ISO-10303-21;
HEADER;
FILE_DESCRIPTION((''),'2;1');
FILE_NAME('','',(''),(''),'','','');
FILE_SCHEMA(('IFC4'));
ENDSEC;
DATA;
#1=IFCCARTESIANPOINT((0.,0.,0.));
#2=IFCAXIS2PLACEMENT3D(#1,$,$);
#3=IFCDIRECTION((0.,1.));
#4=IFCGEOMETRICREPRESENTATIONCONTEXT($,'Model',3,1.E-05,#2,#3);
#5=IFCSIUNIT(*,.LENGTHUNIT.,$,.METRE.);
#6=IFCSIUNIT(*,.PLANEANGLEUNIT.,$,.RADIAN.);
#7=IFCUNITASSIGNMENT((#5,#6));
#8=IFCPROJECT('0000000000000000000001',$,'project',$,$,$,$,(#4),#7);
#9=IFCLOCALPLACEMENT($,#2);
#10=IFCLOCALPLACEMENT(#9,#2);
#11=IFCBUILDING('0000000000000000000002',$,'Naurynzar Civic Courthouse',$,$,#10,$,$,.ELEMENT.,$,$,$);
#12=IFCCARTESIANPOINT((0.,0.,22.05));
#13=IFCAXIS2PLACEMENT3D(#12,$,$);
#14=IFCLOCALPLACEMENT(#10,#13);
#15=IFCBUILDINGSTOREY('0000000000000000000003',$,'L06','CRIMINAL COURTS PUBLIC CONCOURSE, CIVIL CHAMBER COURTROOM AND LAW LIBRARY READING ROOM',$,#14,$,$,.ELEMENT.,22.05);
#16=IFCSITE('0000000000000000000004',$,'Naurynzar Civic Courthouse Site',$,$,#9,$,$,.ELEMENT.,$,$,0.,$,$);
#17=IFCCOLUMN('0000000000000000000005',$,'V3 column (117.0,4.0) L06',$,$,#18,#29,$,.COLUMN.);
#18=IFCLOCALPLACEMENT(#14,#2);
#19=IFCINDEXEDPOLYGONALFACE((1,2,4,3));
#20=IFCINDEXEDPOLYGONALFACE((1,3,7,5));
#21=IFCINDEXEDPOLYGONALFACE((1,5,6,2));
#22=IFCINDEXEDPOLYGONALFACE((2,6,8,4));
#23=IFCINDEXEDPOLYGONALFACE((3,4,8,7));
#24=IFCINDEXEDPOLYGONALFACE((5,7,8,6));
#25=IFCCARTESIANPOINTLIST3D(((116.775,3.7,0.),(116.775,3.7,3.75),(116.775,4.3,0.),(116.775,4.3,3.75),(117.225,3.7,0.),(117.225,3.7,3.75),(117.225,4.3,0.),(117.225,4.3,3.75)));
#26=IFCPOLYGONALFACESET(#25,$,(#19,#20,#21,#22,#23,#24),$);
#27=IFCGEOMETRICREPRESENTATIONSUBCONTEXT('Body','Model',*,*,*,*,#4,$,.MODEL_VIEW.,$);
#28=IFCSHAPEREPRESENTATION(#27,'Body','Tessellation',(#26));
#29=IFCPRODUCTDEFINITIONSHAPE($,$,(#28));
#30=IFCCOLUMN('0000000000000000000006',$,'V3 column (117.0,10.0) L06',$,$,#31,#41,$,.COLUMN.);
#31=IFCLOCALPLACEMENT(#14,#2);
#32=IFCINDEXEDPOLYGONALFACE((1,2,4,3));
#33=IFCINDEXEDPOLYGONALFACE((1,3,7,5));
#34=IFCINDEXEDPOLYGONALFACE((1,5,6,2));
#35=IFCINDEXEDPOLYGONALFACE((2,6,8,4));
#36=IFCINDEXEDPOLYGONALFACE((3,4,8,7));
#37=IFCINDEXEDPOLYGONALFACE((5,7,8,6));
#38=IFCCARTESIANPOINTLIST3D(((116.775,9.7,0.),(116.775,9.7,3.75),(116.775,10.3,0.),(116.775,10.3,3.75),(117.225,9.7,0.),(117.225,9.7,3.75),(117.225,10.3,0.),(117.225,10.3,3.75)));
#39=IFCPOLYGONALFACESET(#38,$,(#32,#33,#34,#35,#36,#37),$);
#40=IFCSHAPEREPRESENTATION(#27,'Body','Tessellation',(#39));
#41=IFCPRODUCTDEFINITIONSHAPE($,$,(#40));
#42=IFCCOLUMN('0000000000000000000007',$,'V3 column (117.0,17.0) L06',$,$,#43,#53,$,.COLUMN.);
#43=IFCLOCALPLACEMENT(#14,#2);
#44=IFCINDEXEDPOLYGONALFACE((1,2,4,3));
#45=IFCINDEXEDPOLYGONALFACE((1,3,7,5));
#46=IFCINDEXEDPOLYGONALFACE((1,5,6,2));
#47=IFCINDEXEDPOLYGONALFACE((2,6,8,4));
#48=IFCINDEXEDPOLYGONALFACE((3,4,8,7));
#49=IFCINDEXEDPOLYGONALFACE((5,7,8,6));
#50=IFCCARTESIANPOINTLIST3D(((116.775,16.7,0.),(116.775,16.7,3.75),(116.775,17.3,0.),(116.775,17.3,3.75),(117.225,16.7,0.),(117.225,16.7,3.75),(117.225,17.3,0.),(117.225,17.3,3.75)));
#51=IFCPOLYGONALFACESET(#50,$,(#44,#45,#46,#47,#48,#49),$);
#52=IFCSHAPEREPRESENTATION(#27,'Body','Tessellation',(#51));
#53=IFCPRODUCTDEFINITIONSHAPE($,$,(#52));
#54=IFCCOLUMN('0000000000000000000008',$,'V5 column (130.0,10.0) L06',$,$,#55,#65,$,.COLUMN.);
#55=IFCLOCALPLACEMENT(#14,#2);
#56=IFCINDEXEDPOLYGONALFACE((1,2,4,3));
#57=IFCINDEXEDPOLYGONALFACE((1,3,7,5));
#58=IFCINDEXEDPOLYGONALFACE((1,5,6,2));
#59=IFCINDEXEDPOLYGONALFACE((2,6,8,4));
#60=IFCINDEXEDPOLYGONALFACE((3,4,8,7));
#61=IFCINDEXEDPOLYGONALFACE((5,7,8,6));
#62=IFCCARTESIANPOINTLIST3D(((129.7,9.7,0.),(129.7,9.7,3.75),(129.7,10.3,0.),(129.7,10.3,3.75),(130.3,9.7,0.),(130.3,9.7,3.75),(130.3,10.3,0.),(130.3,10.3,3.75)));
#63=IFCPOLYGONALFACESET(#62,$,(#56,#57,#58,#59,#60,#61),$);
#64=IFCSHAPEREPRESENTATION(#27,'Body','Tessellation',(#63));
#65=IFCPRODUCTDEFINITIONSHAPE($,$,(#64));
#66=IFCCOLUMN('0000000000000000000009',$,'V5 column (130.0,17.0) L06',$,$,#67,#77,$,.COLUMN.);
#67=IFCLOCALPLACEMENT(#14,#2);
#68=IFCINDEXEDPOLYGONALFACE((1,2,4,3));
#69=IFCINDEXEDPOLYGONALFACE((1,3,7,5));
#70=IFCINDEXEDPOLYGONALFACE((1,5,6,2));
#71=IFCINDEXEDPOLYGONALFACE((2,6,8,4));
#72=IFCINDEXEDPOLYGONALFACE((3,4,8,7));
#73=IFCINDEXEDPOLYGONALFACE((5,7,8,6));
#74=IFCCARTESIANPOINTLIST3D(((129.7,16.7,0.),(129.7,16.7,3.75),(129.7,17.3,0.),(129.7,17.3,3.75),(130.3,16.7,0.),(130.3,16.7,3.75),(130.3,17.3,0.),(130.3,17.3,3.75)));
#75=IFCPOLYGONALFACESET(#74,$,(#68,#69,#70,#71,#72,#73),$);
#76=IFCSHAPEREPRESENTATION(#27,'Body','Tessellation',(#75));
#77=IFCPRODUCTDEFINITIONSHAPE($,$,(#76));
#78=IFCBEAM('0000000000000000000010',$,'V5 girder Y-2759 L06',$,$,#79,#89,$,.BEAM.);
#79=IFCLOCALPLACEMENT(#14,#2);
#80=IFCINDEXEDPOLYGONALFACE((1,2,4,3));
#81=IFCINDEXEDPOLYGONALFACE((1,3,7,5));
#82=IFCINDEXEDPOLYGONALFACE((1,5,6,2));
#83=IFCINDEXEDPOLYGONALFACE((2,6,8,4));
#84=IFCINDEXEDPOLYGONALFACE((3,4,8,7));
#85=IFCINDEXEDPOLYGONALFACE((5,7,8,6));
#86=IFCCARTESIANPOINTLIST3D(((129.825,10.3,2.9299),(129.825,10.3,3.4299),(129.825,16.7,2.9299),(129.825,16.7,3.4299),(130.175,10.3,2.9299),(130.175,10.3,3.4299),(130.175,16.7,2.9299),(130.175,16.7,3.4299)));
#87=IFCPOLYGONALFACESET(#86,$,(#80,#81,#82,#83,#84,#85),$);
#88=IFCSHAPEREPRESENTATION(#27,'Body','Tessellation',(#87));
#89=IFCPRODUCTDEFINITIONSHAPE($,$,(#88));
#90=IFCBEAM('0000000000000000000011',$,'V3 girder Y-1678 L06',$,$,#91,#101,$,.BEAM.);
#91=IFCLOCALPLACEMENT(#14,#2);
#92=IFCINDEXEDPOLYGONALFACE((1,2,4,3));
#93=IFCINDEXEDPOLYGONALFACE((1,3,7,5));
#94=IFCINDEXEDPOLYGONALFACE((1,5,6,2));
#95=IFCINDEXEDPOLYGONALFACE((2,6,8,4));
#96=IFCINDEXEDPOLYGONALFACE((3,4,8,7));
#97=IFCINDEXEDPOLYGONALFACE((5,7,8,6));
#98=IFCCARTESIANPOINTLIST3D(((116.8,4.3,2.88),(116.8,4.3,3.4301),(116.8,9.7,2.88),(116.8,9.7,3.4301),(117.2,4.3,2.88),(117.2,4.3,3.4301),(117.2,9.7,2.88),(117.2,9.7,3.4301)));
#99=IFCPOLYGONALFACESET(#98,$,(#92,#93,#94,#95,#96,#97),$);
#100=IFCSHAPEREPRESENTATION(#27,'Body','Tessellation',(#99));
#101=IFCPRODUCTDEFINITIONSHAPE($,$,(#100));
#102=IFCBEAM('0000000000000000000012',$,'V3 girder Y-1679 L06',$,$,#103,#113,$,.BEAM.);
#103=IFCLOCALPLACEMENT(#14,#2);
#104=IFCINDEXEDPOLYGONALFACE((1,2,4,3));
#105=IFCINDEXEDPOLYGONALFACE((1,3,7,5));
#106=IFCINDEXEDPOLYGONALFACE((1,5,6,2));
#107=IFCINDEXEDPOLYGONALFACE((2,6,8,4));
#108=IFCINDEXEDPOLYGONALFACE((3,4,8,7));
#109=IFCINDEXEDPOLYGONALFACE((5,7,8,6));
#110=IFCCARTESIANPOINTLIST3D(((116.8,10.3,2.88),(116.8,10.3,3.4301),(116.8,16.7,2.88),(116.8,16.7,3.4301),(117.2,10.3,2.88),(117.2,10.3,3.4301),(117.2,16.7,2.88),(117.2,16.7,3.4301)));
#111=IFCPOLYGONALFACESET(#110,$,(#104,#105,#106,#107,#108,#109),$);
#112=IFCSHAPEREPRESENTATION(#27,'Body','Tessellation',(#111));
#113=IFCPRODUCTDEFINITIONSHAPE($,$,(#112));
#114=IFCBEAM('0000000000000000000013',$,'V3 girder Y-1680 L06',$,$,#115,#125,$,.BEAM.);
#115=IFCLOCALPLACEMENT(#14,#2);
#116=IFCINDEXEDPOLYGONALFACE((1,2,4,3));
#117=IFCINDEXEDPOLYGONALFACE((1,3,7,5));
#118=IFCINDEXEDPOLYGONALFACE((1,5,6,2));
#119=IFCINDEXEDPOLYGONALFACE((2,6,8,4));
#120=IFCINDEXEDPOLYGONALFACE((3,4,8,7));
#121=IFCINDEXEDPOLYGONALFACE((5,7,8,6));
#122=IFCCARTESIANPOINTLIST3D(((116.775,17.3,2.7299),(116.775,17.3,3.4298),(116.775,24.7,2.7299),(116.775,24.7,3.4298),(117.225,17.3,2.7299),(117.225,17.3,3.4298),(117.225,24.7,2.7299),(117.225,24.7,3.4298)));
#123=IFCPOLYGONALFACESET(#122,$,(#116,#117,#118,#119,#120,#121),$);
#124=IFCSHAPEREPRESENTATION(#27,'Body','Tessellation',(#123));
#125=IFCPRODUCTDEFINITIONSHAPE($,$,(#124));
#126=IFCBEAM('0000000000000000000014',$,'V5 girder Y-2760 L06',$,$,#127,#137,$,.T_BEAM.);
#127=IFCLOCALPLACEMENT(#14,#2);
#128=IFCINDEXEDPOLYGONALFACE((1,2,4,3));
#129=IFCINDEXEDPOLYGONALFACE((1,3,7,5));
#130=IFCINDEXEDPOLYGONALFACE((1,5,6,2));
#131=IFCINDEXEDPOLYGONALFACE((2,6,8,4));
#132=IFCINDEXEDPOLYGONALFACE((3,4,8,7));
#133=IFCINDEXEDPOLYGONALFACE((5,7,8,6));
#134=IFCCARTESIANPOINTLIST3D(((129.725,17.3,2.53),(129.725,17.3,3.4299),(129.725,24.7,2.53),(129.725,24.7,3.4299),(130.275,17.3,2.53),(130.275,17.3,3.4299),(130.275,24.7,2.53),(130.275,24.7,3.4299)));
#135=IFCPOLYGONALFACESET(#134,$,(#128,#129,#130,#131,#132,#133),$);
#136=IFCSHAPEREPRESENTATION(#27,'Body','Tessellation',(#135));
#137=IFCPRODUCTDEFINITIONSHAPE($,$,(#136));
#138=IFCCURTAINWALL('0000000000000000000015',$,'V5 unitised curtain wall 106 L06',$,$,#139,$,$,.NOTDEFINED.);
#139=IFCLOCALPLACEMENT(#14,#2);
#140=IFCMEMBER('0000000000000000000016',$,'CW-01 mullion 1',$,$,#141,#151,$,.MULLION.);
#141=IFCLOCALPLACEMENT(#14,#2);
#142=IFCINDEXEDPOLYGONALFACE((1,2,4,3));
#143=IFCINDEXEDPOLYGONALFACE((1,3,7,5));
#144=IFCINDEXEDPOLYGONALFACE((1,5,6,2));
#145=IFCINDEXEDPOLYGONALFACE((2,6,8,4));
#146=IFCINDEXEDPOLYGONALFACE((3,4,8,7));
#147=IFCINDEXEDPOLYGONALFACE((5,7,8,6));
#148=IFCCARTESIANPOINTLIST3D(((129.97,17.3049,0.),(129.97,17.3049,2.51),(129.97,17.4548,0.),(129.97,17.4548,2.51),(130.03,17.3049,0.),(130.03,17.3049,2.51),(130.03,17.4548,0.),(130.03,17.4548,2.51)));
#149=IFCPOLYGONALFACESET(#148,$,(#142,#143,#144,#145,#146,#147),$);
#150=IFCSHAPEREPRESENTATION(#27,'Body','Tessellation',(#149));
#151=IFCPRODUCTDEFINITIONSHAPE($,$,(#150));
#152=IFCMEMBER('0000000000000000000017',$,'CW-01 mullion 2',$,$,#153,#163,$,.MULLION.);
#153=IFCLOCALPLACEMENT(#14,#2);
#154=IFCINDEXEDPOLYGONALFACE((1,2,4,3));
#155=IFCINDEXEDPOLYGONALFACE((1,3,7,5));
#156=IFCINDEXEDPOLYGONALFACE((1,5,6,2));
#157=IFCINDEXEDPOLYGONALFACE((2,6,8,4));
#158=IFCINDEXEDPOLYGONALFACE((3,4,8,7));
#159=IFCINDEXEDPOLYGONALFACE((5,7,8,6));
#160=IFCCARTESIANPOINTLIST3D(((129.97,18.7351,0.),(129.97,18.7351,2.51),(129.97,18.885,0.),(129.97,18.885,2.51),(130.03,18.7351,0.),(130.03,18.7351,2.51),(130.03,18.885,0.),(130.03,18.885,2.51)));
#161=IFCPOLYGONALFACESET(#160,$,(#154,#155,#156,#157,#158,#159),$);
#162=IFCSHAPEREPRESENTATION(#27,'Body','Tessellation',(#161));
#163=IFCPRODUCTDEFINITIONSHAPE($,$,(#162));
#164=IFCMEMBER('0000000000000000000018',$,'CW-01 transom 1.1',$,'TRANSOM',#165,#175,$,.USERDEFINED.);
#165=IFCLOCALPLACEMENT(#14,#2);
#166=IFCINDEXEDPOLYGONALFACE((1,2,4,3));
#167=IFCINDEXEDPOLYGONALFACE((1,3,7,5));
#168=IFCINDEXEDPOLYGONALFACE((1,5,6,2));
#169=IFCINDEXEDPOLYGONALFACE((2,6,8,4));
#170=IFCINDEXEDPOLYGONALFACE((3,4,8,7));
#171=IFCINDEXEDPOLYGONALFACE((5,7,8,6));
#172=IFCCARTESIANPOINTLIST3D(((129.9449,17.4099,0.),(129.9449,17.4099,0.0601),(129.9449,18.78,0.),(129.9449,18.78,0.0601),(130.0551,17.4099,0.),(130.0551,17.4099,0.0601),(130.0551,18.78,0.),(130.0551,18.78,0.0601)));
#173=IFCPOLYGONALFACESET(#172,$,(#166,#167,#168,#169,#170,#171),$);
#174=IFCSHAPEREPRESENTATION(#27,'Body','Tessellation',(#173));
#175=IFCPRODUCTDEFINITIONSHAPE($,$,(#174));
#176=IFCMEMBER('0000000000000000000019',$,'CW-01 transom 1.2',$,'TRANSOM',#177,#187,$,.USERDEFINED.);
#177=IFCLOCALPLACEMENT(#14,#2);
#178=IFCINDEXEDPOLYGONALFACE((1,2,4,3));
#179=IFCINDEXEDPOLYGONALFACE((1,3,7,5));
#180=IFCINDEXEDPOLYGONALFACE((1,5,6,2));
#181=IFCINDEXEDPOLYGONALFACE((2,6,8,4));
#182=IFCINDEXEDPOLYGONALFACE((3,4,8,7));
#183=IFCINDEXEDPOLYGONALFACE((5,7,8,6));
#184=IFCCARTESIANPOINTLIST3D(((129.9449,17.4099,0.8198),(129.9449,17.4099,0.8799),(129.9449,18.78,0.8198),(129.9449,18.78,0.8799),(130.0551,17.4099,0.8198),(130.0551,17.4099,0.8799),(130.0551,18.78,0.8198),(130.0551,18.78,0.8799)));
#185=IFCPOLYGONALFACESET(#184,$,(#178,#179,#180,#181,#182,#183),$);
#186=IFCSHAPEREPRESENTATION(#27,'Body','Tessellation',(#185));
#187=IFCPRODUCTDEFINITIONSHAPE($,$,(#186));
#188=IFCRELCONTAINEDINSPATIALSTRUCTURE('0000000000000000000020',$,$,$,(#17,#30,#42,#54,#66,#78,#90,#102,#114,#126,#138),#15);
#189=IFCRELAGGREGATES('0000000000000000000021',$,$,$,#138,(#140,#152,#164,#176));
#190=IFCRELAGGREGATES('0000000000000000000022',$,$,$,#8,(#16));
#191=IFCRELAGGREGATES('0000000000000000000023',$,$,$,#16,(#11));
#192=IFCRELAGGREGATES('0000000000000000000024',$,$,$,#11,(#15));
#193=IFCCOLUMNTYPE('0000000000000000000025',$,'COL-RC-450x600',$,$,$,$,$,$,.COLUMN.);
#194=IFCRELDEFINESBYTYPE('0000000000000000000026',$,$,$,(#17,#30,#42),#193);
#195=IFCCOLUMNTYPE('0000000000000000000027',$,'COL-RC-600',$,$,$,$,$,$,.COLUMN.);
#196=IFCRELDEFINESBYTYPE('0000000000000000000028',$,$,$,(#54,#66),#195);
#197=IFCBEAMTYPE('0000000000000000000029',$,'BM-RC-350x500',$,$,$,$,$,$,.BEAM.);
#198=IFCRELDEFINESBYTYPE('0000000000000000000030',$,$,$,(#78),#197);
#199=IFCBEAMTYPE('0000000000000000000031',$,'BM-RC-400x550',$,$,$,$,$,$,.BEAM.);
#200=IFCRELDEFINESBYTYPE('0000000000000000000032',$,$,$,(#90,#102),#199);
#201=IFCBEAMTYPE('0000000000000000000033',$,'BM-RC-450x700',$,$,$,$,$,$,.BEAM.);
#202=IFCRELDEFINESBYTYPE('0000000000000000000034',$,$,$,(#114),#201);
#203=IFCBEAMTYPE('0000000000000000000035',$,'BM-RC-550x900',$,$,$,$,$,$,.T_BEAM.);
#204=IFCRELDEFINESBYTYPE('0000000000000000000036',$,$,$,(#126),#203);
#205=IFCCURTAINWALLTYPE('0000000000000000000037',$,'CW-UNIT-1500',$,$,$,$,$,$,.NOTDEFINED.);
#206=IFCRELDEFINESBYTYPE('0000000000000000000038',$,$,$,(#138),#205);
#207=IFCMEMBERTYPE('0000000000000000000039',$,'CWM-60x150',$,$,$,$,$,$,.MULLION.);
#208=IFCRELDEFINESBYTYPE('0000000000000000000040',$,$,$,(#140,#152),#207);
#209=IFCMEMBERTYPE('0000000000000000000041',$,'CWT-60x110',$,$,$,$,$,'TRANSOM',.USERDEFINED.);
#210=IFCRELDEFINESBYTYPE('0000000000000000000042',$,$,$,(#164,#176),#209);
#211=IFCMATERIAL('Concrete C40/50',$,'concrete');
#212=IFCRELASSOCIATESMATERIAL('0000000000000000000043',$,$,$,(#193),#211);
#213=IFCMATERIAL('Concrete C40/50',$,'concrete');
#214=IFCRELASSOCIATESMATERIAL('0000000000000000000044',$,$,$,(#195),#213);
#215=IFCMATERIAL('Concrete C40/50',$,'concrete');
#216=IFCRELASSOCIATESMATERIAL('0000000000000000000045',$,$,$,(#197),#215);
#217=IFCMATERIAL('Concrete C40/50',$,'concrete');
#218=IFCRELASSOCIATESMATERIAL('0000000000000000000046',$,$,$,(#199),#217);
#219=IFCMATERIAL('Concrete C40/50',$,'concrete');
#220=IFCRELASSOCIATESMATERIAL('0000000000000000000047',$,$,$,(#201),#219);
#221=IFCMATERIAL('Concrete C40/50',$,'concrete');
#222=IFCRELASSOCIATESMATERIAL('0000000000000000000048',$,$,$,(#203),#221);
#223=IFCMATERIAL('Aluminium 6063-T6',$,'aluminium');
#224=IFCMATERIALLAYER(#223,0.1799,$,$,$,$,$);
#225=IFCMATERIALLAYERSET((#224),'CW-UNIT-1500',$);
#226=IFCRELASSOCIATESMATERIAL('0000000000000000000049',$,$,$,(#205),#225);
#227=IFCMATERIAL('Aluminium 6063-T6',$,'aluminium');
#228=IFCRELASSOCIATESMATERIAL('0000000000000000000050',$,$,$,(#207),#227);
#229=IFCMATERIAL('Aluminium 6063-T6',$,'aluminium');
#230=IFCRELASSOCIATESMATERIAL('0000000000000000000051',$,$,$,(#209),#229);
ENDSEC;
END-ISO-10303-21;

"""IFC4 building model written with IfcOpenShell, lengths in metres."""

from ifc_helpers import new_model, si_unit, direction, frame, origin, origin_2d, place, context, subcontext, project, spatial, rectangle, extrude, material, layer, layer_set, material_profile, profile_set, type_object, element, aggregate, save


model = new_model("IFC4")

# Units and contexts
model_context = context("Model", 3, precision=1e-05, world=origin(), true_north=direction((0.0, 1.0)))
body_context = subcontext(model_context, "Body", "Model", "MODEL_VIEW")
ifc_project = project(units=[si_unit("LENGTHUNIT", "METRE"), si_unit("PLANEANGLEUNIT", "RADIAN")], contexts=[model_context])

# Site, building, storey
site_placement = place(None, origin())
site = spatial("IfcSite", under=ifc_project, at=site_placement, Name="Naurynzar Civic Courthouse Site", CompositionType="ELEMENT", RefElevation=0.0)
building_placement = place(site_placement, origin())
building = spatial("IfcBuilding", under=site, at=building_placement, Name="Naurynzar Civic Courthouse", CompositionType="ELEMENT")
storey_placement = place(building_placement, frame((0.0, 0.0, 22.05)))
storey = spatial("IfcBuildingStorey", under=building, at=storey_placement, Name="L06", Description="CRIMINAL COURTS PUBLIC CONCOURSE, CIVIL CHAMBER COURTROOM AND LAW LIBRARY READING ROOM", CompositionType="ELEMENT", Elevation=22.05)

# Columns
ifc_material_1 = material(Name="Concrete C40/50", Category="concrete")
ifc_material_profile_1 = material_profile(ifc_material_1, rectangle(XDim=0.45, YDim=0.6001, at=origin_2d()), Name="RC 450x600")
ifc_profile_set_1 = profile_set([ifc_material_profile_1], Name="Concrete C40/50")
column_type_1 = type_object("IfcColumnType", Name="COL-RC-450x600", PredefinedType="COLUMN", material=ifc_profile_set_1)
for number, where, z_axis, x_axis, name in (
    (1, (117.0, 4.0, 0.0), (0.0, 0.0, 1.0), (1.0, 0.0, 0.0), "V3 column (117.0,4.0) L06"),
    (2, (117.0, 10.0, 0.0), (0.0, 0.0, 1.0), (1.0, 0.0, 0.0), "V3 column (117.0,10.0) L06"),
    (3, (117.0, 17.0, 0.0), (0.0, 0.0, 1.0), (1.0, 0.0, 0.0), "V3 column (117.0,17.0) L06"),
):
    element("IfcColumn", number, at=place(storey_placement, frame(where, z_axis=z_axis, x_axis=x_axis)), inside=storey, type_object=column_type_1, Name=name, PredefinedType="COLUMN", context=body_context, shape_type="SweptSolid", body=[
        extrude(rectangle(XDim=0.45, YDim=0.6001, at=origin_2d()), origin(), (0.0, 0.0, 1.0), 3.75),
    ])
ifc_material_2 = material(Name="Concrete C40/50", Category="concrete")
ifc_material_profile_2 = material_profile(ifc_material_2, rectangle(XDim=0.6001, YDim=0.6001, at=origin_2d()), Name="RC 600x600")
ifc_profile_set_2 = profile_set([ifc_material_profile_2], Name="Concrete C40/50")
column_type_2 = type_object("IfcColumnType", Name="COL-RC-600", PredefinedType="COLUMN", material=ifc_profile_set_2)
for number, where, z_axis, x_axis, name in (
    (4, (130.0, 10.0, 0.0), (0.0, 0.0, 1.0), (1.0, 0.0, 0.0), "V5 column (130.0,10.0) L06"),
    (5, (130.0, 17.0, 0.0), (0.0, 0.0, 1.0), (1.0, 0.0, 0.0), "V5 column (130.0,17.0) L06"),
):
    element("IfcColumn", number, at=place(storey_placement, frame(where, z_axis=z_axis, x_axis=x_axis)), inside=storey, type_object=column_type_2, Name=name, PredefinedType="COLUMN", context=body_context, shape_type="SweptSolid", body=[
        extrude(rectangle(XDim=0.6001, YDim=0.6001, at=origin_2d()), origin(), (0.0, 0.0, 1.0), 3.75),
    ])

# Beams
ifc_material_3 = material(Name="Concrete C40/50", Category="concrete")
ifc_material_profile_3 = material_profile(ifc_material_3, rectangle(XDim=0.3501, YDim=0.5, at=origin_2d()), Name="RCB 350x500")
ifc_profile_set_3 = profile_set([ifc_material_profile_3], Name="Concrete C40/50")
beam_type_1 = type_object("IfcBeamType", Name="BM-RC-350x500", PredefinedType="BEAM", material=ifc_profile_set_3)
beam_1_placement = place(storey_placement, frame((130.0, 10.3, 3.1799), z_axis=(0.0, 1.0, 0.0), x_axis=(-1.0, 0.0, 0.0)))
element("IfcBeam", 6, at=beam_1_placement, inside=storey, type_object=beam_type_1, Name="V5 girder Y-2759 L06", PredefinedType="BEAM", context=body_context, shape_type="SweptSolid", body=[
    extrude(rectangle(XDim=0.3501, YDim=0.5, at=origin_2d()), origin(), (0.0, 0.0, 1.0), 6.3999),
])
ifc_material_4 = material(Name="Concrete C40/50", Category="concrete")
ifc_material_profile_4 = material_profile(ifc_material_4, rectangle(XDim=0.3999, YDim=0.55, at=origin_2d()), Name="RCB 400x550")
ifc_profile_set_4 = profile_set([ifc_material_profile_4], Name="Concrete C40/50")
beam_type_2 = type_object("IfcBeamType", Name="BM-RC-400x550", PredefinedType="BEAM", material=ifc_profile_set_4)
beam_2_placement = place(storey_placement, frame((117.0, 4.3, 3.155), z_axis=(0.0, 1.0, 0.0), x_axis=(-1.0, 0.0, 0.0)))
element("IfcBeam", 7, at=beam_2_placement, inside=storey, type_object=beam_type_2, Name="V3 girder Y-1678 L06", PredefinedType="BEAM", context=body_context, shape_type="SweptSolid", body=[
    extrude(rectangle(XDim=0.3999, YDim=0.55, at=origin_2d()), origin(), (0.0, 0.0, 1.0), 5.3999),
])
beam_3_placement = place(storey_placement, frame((117.0, 10.3, 3.155), z_axis=(0.0, 1.0, 0.0), x_axis=(-1.0, 0.0, 0.0)))
element("IfcBeam", 8, at=beam_3_placement, inside=storey, type_object=beam_type_2, Name="V3 girder Y-1679 L06", PredefinedType="BEAM", context=body_context, shape_type="SweptSolid", body=[
    extrude(rectangle(XDim=0.3999, YDim=0.55, at=origin_2d()), origin(), (0.0, 0.0, 1.0), 6.3999),
])
ifc_material_5 = material(Name="Concrete C40/50", Category="concrete")
ifc_material_profile_5 = material_profile(ifc_material_5, rectangle(XDim=0.45, YDim=0.7, at=origin_2d()), Name="RCB 450x700")
ifc_profile_set_5 = profile_set([ifc_material_profile_5], Name="Concrete C40/50")
beam_type_3 = type_object("IfcBeamType", Name="BM-RC-450x700", PredefinedType="BEAM", material=ifc_profile_set_5)
beam_4_placement = place(storey_placement, frame((117.0, 17.3, 3.0798), z_axis=(0.0, 1.0, 0.0), x_axis=(-1.0, 0.0, 0.0)))
element("IfcBeam", 9, at=beam_4_placement, inside=storey, type_object=beam_type_3, Name="V3 girder Y-1680 L06", PredefinedType="BEAM", context=body_context, shape_type="SweptSolid", body=[
    extrude(rectangle(XDim=0.45, YDim=0.7, at=origin_2d()), origin(), (0.0, 0.0, 1.0), 7.3999),
])
ifc_material_6 = material(Name="Concrete C40/50", Category="concrete")
ifc_material_profile_6 = material_profile(ifc_material_6, rectangle(XDim=0.55, YDim=0.8999, at=origin_2d()), Name="RCB 550x900")
ifc_profile_set_6 = profile_set([ifc_material_profile_6], Name="Concrete C40/50")
beam_type_4 = type_object("IfcBeamType", Name="BM-RC-550x900", PredefinedType="T_BEAM", material=ifc_profile_set_6)
beam_5_placement = place(storey_placement, frame((130.0, 17.3, 2.98), z_axis=(0.0, 1.0, 0.0), x_axis=(-1.0, 0.0, 0.0)))
element("IfcBeam", 10, at=beam_5_placement, inside=storey, type_object=beam_type_4, Name="V5 girder Y-2760 L06", PredefinedType="T_BEAM", context=body_context, shape_type="SweptSolid", body=[
    extrude(rectangle(XDim=0.55, YDim=0.8999, at=origin_2d()), origin(), (0.0, 0.0, 1.0), 7.3999),
])

# Curtain wall, members
ifc_material_7 = material(Name="Aluminium 6063-T6", Category="aluminium")
ifc_layer_1 = layer(ifc_material_7, 0.1799)
ifc_layer_set_1 = layer_set([ifc_layer_1], Name="CW-UNIT-1500")
curtain_wall_type = type_object("IfcCurtainWallType", Name="CW-UNIT-1500", PredefinedType="NOTDEFINED", material=ifc_layer_set_1)
curtain_wall_placement = place(storey_placement, origin())
curtain_wall = element("IfcCurtainWall", 11, at=curtain_wall_placement, inside=storey, type_object=curtain_wall_type, Name="V5 unitised curtain wall 106 L06", PredefinedType="NOTDEFINED")
ifc_material_8 = material(Name="Aluminium 6063-T6", Category="aluminium")
ifc_material_profile_7 = material_profile(ifc_material_8, rectangle(XDim=0.0601, YDim=0.1499, at=origin_2d()), Name="ALU MULLION 60x150")
ifc_profile_set_7 = profile_set([ifc_material_profile_7], Name="Aluminium 6063-T6")
member_type_1 = type_object("IfcMemberType", Name="CWM-60x150", PredefinedType="MULLION", material=ifc_profile_set_7)
member_1_placement = place(storey_placement, frame((130.0, 17.3799, 0.0), z_axis=(0.0, 0.0, 1.0), x_axis=(-1.0, 0.0, 0.0)))
member_1 = element("IfcMember", 12, at=member_1_placement, type_object=member_type_1, Name="CW-01 mullion 1", PredefinedType="MULLION", context=body_context, shape_type="SweptSolid", body=[
    extrude(rectangle(XDim=0.0601, YDim=0.1499, at=origin_2d()), origin(), (0.0, 0.0, 1.0), 2.51),
])
member_2_placement = place(storey_placement, frame((130.0, 18.8101, 0.0), z_axis=(0.0, 0.0, 1.0), x_axis=(-1.0, 0.0, 0.0)))
member_2 = element("IfcMember", 13, at=member_2_placement, type_object=member_type_1, Name="CW-01 mullion 2", PredefinedType="MULLION", context=body_context, shape_type="SweptSolid", body=[
    extrude(rectangle(XDim=0.0601, YDim=0.1499, at=origin_2d()), origin(), (0.0, 0.0, 1.0), 2.51),
])
ifc_material_9 = material(Name="Aluminium 6063-T6", Category="aluminium")
ifc_material_profile_8 = material_profile(ifc_material_9, rectangle(XDim=0.1101, YDim=0.0601, at=origin_2d()), Name="ALU TRANSOM 60x110")
ifc_profile_set_8 = profile_set([ifc_material_profile_8], Name="Aluminium 6063-T6")
member_type_2 = type_object("IfcMemberType", Name="CWT-60x110", ElementType="TRANSOM", PredefinedType="USERDEFINED", material=ifc_profile_set_8)
member_3_placement = place(storey_placement, frame((130.0, 17.4099, 0.03), z_axis=(0.0, 1.0, 0.0), x_axis=(-1.0, 0.0, 0.0)))
member_3 = element("IfcMember", 14, at=member_3_placement, type_object=member_type_2, Name="CW-01 transom 1.1", ObjectType="TRANSOM", PredefinedType="USERDEFINED", context=body_context, shape_type="SweptSolid", body=[
    extrude(rectangle(XDim=0.1101, YDim=0.0601, at=origin_2d()), origin(), (0.0, 0.0, 1.0), 1.3701),
])
member_4_placement = place(storey_placement, frame((130.0, 17.4099, 0.8499), z_axis=(0.0, 1.0, 0.0), x_axis=(-1.0, 0.0, 0.0)))
member_4 = element("IfcMember", 15, at=member_4_placement, type_object=member_type_2, Name="CW-01 transom 1.2", ObjectType="TRANSOM", PredefinedType="USERDEFINED", context=body_context, shape_type="SweptSolid", body=[
    extrude(rectangle(XDim=0.1101, YDim=0.0601, at=origin_2d()), origin(), (0.0, 0.0, 1.0), 1.3701),
])

aggregate(curtain_wall, [member_1, member_2, member_3, member_4])

save(model, "model.ifc")
